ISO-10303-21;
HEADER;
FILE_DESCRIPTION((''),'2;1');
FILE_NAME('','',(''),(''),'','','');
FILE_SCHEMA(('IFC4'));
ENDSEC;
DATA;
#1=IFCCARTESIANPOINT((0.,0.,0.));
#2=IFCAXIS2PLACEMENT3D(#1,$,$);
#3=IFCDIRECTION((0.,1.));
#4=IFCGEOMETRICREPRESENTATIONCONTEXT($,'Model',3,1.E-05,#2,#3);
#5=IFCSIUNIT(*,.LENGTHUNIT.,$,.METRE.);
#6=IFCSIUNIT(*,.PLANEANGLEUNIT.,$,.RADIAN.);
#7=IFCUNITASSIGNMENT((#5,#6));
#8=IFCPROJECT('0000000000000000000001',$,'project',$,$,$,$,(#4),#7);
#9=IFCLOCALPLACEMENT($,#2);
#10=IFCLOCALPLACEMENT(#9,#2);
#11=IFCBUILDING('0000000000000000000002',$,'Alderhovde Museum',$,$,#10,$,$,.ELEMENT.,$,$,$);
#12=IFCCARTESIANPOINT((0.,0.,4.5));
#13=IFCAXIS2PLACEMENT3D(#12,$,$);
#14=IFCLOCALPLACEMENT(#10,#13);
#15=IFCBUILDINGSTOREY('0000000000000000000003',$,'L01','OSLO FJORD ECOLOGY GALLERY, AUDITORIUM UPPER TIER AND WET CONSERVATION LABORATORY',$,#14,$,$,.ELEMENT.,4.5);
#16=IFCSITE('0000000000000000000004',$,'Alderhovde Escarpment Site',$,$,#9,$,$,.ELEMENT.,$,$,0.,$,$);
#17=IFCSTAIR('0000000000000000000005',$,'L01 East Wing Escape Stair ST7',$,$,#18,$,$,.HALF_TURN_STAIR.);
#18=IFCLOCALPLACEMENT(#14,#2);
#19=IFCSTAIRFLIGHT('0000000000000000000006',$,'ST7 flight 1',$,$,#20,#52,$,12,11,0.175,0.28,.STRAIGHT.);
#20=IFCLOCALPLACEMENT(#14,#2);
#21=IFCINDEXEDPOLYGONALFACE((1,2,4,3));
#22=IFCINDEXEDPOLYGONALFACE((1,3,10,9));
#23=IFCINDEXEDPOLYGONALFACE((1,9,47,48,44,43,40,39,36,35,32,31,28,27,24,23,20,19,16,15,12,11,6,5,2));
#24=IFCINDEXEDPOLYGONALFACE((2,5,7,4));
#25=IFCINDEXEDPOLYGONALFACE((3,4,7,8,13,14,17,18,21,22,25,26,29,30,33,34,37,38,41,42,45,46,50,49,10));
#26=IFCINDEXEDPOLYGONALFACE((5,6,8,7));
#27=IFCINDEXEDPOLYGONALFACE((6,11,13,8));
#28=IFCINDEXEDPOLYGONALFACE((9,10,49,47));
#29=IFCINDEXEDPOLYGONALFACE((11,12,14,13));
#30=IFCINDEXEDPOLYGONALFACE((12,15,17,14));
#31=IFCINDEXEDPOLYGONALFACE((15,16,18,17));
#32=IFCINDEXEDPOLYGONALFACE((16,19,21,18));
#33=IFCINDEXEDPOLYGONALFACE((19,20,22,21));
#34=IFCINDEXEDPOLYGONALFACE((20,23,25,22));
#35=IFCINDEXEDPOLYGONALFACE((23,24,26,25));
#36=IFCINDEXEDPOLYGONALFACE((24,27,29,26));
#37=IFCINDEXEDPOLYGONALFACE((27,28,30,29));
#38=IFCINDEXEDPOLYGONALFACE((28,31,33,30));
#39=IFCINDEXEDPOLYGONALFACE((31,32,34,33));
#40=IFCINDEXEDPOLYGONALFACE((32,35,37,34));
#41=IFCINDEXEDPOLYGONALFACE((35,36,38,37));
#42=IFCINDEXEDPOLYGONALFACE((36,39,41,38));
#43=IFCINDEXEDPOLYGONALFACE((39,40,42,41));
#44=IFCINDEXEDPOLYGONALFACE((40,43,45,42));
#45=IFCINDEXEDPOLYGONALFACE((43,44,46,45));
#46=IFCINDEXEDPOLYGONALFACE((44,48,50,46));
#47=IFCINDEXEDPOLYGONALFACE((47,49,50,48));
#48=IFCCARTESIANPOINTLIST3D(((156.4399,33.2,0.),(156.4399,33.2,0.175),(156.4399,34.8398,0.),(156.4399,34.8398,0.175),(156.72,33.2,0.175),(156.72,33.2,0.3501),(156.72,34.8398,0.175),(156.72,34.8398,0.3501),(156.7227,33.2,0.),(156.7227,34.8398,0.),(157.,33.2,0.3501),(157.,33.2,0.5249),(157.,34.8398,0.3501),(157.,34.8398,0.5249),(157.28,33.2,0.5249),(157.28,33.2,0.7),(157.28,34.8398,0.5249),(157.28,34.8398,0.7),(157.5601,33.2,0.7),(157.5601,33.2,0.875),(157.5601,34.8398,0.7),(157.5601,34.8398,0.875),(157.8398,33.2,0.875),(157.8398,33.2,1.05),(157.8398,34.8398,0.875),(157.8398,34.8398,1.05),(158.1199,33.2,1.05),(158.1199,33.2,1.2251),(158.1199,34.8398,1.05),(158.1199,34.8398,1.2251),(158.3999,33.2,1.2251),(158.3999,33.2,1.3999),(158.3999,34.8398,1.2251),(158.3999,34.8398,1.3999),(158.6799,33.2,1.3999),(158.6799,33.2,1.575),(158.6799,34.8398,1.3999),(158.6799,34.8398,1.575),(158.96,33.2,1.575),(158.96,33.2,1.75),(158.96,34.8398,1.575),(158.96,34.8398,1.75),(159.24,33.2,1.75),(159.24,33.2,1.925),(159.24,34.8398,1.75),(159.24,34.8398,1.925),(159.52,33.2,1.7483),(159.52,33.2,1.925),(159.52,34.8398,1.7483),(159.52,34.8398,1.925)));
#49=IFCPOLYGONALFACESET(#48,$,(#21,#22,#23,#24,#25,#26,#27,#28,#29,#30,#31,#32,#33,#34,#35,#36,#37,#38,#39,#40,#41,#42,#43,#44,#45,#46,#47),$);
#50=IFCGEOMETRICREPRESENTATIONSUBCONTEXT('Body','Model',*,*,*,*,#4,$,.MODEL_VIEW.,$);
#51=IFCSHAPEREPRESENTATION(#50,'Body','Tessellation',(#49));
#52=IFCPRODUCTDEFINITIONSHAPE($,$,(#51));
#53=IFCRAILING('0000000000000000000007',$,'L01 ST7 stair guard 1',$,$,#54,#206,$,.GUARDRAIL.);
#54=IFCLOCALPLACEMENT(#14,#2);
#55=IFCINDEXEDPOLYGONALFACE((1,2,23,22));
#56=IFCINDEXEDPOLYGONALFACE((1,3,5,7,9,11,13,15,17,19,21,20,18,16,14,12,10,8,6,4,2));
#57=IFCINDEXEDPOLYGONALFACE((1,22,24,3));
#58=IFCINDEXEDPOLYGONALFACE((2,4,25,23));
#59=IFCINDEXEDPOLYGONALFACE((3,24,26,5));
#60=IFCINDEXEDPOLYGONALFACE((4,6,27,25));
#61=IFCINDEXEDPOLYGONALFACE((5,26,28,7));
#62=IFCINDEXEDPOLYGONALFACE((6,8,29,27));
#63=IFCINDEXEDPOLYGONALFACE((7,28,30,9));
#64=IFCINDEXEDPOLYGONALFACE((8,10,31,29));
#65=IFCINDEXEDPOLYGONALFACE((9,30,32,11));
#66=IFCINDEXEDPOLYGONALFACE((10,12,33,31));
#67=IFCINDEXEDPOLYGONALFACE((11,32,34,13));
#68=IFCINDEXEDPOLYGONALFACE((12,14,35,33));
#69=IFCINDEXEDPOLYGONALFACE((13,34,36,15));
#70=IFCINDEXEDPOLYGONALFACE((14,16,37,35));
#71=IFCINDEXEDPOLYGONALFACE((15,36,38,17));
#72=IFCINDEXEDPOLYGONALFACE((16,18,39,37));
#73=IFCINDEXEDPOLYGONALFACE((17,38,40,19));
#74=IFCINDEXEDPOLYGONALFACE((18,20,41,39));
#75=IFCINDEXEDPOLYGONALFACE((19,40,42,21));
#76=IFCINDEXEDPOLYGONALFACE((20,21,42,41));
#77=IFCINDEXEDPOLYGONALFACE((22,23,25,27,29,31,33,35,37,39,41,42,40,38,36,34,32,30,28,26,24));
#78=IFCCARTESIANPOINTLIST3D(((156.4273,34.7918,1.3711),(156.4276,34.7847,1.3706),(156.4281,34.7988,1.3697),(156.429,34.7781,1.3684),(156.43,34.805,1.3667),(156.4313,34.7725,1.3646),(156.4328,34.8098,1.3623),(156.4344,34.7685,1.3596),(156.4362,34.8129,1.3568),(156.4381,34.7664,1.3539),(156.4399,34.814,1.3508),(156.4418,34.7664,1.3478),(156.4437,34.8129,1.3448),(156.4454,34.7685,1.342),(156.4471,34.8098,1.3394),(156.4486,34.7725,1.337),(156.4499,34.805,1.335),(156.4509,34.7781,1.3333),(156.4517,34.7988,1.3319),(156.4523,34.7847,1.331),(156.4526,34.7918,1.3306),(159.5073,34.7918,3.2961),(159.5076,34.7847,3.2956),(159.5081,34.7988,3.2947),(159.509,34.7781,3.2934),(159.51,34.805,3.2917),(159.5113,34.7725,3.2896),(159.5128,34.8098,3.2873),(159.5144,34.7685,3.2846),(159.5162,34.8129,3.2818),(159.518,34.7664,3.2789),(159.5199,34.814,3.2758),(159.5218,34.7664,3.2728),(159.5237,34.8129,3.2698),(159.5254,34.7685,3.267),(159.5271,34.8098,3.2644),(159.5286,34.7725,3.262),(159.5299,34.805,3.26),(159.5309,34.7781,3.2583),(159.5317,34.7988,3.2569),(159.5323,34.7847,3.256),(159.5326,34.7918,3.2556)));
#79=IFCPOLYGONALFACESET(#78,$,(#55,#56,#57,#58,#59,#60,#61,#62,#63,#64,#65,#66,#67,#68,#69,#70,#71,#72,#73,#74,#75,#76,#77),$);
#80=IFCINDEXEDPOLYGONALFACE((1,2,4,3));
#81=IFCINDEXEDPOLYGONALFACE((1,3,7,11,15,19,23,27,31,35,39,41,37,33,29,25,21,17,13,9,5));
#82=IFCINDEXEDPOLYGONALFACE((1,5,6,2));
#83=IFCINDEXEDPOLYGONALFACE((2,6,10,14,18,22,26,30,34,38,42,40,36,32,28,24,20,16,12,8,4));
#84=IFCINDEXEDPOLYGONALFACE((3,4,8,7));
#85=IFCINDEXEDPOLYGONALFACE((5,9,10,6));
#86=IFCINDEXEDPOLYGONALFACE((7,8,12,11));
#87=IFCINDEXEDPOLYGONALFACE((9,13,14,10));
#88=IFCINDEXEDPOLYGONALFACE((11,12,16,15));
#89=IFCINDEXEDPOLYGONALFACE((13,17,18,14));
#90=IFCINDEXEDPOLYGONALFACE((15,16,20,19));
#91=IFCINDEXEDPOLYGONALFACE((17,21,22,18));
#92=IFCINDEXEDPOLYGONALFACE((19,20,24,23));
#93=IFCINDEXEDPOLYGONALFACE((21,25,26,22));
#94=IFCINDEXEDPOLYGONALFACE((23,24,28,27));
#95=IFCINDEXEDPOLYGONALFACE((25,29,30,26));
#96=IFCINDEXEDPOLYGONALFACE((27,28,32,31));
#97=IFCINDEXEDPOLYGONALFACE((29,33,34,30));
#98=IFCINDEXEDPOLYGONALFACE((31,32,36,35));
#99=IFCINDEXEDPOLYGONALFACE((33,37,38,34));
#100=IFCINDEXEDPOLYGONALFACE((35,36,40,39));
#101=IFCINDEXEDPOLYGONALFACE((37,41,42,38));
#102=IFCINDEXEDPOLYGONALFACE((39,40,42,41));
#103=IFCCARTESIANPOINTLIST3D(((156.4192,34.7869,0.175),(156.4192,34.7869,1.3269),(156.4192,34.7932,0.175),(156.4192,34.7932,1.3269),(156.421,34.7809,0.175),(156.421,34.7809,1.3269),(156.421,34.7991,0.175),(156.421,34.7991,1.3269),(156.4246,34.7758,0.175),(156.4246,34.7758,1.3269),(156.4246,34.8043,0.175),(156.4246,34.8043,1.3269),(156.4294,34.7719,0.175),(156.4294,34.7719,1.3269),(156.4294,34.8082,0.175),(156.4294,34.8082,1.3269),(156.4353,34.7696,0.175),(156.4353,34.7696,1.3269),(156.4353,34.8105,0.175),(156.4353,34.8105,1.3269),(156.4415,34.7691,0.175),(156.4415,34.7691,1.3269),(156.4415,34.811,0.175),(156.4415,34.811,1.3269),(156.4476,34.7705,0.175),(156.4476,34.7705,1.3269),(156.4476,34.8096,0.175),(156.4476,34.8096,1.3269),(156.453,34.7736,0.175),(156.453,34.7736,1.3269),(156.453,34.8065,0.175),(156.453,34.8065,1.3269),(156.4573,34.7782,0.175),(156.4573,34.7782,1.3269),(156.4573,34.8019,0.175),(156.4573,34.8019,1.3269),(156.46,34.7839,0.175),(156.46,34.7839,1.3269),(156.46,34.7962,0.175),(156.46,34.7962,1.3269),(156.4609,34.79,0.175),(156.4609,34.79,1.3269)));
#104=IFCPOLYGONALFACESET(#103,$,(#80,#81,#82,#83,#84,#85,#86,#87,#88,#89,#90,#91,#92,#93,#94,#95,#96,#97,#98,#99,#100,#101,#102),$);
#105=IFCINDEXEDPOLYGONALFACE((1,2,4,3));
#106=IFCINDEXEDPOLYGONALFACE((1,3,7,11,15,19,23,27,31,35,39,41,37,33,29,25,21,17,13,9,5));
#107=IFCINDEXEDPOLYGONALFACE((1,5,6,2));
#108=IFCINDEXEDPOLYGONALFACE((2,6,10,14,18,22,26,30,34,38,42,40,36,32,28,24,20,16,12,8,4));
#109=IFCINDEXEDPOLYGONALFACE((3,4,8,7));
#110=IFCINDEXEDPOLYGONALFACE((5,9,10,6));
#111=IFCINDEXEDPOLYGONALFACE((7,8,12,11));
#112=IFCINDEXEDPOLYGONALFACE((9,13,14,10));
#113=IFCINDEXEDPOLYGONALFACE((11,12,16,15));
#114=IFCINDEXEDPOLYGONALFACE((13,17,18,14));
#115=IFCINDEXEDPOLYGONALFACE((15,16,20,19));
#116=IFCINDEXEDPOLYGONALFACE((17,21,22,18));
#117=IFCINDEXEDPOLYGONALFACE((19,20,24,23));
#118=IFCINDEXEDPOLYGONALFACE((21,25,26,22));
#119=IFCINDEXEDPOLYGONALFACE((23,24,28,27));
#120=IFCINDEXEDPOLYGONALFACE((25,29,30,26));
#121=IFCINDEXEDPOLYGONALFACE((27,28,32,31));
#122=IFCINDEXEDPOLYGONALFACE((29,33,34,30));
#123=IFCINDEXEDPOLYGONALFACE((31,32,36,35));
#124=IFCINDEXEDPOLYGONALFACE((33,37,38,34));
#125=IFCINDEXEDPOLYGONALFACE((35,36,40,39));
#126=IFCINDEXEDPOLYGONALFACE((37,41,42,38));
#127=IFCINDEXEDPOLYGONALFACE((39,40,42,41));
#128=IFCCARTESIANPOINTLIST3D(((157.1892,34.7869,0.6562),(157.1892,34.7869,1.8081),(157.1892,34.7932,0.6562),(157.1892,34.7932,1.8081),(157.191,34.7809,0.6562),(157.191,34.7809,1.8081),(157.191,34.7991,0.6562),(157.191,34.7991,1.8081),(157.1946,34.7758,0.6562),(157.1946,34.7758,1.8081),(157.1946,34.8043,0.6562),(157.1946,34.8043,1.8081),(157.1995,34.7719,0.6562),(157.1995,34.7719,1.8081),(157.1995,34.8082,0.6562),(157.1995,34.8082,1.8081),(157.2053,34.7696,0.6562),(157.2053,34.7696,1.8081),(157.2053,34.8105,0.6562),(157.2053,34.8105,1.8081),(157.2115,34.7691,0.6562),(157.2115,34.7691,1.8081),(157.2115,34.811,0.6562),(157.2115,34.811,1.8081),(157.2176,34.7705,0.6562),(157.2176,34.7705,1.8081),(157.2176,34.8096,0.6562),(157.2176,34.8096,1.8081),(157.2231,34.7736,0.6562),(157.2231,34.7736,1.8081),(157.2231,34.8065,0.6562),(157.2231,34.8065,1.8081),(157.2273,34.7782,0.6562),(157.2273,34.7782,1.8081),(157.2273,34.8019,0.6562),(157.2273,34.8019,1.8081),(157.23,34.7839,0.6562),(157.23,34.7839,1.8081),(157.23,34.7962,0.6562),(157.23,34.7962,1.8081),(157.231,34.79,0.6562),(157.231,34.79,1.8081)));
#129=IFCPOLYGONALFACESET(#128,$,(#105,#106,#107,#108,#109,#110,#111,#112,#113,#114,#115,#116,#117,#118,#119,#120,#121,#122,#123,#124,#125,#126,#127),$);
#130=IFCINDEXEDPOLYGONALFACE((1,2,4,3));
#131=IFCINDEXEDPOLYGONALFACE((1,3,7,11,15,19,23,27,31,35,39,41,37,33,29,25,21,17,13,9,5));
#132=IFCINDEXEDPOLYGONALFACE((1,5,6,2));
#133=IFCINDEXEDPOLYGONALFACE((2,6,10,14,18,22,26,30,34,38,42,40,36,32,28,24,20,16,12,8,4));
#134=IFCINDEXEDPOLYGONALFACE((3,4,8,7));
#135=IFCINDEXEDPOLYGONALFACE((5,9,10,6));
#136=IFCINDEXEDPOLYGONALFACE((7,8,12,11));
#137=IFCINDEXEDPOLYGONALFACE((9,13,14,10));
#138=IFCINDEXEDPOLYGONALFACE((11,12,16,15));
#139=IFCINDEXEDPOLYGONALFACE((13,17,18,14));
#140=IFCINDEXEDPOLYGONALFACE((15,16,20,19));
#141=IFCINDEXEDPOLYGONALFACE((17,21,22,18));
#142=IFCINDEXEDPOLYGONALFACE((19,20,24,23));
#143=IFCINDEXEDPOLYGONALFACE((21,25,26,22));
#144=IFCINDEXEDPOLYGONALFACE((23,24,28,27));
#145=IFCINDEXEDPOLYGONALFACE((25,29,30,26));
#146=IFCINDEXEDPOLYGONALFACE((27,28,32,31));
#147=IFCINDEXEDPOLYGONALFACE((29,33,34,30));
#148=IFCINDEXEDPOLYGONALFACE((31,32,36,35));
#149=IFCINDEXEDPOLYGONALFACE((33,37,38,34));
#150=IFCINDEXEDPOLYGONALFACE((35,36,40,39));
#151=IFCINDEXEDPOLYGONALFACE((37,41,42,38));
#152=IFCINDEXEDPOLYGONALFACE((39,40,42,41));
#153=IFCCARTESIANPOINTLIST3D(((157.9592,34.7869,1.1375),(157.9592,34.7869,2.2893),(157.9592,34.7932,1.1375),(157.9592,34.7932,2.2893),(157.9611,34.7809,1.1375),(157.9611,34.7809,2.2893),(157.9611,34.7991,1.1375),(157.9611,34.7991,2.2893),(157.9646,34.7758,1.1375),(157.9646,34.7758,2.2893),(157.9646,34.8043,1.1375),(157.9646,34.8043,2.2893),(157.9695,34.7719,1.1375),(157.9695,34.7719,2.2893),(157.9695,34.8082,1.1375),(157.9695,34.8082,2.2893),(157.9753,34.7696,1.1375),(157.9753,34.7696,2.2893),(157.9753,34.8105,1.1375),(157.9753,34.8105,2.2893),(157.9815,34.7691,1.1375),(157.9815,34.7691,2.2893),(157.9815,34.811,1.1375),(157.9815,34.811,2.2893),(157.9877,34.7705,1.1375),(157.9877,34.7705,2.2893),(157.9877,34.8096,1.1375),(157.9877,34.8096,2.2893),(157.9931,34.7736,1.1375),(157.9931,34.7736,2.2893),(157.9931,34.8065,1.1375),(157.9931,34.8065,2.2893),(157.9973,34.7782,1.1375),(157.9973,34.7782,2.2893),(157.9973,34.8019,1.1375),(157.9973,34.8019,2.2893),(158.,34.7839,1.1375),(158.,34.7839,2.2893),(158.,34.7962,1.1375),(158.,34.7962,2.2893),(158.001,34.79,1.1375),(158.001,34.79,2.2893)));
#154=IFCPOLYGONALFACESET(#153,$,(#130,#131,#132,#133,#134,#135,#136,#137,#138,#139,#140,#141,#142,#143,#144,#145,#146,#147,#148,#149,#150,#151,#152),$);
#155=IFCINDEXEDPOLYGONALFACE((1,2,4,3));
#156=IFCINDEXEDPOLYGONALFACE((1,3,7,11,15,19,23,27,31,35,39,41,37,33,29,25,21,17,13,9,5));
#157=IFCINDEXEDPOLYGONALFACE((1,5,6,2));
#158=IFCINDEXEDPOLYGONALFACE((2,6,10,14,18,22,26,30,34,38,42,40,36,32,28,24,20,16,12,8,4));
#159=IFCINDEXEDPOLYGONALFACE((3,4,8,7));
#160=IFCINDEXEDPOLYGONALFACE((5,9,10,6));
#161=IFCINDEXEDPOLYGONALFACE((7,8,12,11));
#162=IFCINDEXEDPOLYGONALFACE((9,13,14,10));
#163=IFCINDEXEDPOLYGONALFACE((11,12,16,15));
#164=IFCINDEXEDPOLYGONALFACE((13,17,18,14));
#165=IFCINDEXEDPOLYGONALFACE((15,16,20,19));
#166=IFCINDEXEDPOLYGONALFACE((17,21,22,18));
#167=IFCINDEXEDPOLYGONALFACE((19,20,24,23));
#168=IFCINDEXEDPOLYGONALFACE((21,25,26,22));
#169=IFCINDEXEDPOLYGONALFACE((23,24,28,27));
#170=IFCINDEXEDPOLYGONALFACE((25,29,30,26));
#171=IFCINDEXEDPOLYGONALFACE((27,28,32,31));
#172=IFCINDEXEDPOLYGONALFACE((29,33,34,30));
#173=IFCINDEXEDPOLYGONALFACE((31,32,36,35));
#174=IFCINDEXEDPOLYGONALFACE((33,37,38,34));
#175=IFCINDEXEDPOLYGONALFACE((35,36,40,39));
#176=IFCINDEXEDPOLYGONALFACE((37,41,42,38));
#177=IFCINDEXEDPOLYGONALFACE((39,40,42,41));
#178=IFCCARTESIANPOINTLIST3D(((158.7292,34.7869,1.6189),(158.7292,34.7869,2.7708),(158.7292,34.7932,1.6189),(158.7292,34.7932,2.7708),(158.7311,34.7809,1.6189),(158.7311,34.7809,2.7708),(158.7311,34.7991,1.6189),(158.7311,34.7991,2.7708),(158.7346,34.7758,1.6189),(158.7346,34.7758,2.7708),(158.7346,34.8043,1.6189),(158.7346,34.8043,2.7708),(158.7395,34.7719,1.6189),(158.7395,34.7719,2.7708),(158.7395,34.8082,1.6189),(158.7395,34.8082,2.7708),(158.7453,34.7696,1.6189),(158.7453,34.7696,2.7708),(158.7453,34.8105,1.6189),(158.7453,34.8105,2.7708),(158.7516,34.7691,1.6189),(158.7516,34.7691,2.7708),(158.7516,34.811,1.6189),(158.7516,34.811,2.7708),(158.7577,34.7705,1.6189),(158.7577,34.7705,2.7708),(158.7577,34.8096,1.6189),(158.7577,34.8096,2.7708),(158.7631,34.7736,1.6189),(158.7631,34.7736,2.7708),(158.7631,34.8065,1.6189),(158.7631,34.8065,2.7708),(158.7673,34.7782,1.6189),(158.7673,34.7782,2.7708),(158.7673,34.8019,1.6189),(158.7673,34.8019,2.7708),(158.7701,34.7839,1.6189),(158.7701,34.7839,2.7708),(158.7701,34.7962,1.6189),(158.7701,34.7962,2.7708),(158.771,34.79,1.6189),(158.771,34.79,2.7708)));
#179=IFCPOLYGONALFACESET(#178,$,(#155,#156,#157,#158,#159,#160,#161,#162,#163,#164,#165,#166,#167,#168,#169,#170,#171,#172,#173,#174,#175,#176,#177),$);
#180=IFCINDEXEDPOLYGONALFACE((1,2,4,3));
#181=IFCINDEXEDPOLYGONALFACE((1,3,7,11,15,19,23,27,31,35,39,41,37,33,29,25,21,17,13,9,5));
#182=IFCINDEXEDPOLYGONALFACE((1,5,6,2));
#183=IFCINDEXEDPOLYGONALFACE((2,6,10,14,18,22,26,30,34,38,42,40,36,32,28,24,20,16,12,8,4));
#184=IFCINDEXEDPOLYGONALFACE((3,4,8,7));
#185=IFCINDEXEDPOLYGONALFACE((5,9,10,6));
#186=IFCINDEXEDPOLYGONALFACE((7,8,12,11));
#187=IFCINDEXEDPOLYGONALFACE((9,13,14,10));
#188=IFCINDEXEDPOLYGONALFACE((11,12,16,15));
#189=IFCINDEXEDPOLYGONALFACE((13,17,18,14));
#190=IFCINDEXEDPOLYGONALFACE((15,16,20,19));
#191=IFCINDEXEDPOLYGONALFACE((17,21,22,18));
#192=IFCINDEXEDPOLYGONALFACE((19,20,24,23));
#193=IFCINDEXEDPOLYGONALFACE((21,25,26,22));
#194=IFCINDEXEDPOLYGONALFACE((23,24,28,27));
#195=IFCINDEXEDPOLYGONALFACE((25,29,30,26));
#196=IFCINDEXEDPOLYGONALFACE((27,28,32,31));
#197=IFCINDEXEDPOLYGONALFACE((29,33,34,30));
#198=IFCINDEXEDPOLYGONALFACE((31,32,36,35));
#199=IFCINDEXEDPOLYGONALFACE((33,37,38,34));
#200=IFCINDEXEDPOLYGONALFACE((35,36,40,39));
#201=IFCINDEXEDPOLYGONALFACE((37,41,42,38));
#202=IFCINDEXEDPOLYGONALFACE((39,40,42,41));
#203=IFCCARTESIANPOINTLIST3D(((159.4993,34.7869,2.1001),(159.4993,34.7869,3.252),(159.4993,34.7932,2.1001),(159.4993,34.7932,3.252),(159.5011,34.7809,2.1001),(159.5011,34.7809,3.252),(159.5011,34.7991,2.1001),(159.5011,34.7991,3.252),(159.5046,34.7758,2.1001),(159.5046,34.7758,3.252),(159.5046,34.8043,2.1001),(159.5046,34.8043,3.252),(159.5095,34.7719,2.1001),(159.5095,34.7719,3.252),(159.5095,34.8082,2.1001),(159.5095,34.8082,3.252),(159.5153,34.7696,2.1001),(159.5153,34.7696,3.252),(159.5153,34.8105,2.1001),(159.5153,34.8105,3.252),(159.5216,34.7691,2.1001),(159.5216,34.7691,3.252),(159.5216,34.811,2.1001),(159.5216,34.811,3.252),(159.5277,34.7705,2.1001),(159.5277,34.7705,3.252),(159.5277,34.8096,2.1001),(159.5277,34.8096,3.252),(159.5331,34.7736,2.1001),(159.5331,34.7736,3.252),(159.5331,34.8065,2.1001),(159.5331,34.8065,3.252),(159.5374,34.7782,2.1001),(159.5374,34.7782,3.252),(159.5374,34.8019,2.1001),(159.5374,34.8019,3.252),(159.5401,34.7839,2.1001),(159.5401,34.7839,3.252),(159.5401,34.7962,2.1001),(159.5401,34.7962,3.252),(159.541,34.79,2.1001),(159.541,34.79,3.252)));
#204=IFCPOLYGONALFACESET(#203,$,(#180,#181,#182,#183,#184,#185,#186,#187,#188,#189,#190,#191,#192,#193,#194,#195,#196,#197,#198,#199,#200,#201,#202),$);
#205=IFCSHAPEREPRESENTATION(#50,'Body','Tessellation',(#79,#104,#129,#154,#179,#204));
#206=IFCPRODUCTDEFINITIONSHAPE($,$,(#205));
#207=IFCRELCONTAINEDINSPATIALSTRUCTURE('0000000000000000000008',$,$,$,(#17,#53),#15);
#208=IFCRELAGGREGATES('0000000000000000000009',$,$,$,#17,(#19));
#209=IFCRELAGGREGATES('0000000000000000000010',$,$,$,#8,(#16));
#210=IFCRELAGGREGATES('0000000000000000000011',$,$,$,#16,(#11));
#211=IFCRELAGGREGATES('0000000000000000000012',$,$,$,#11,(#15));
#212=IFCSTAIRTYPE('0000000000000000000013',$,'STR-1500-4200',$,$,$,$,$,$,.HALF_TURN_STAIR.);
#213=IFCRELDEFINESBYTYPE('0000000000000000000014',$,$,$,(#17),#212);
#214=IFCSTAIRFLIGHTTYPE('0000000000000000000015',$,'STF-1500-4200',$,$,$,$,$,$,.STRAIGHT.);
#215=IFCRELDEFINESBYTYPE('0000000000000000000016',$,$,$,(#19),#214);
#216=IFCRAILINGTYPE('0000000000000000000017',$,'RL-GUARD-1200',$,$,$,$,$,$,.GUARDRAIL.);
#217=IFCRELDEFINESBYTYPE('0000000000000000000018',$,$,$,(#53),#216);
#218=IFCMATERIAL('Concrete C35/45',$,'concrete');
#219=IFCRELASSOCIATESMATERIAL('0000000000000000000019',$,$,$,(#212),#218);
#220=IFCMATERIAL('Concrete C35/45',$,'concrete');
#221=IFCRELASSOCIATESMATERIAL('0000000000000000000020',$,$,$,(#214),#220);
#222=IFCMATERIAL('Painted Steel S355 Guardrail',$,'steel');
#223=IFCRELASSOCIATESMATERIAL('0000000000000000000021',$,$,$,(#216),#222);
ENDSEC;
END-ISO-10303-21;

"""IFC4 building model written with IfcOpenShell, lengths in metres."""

from ifc_helpers import new_model, si_unit, direction, frame, origin, origin_2d, place, context, subcontext, project, spatial, polyline, circle, outline, extrude, material, type_object, element, aggregate, save


model = new_model("IFC4")

# Units and contexts
model_context = context("Model", 3, precision=1e-05, world=origin(), true_north=direction((0.0, 1.0)))
body_context = subcontext(model_context, "Body", "Model", "MODEL_VIEW")
ifc_project = project(units=[si_unit("LENGTHUNIT", "METRE"), si_unit("PLANEANGLEUNIT", "RADIAN")], contexts=[model_context])

# Site, building, storey
site_placement = place(None, origin())
site = spatial("IfcSite", under=ifc_project, at=site_placement, Name="Alderhovde Escarpment Site", CompositionType="ELEMENT", RefElevation=0.0)
building_placement = place(site_placement, origin())
building = spatial("IfcBuilding", under=site, at=building_placement, Name="Alderhovde Museum", CompositionType="ELEMENT")
storey_placement = place(building_placement, frame((0.0, 0.0, 4.5)))
storey = spatial("IfcBuildingStorey", under=building, at=storey_placement, Name="L01", Description="OSLO FJORD ECOLOGY GALLERY, AUDITORIUM UPPER TIER AND WET CONSERVATION LABORATORY", CompositionType="ELEMENT", Elevation=4.5)

# Stair, stair flight
ifc_material_1 = material(Name="Concrete C35/45", Category="concrete")
stair_type = type_object("IfcStairType", Name="STR-1500-4200", PredefinedType="HALF_TURN_STAIR", material=ifc_material_1)
stair_placement = place(storey_placement, origin())
stair = element("IfcStair", 1, at=stair_placement, inside=storey, type_object=stair_type, Name="L01 East Wing Escape Stair ST7", PredefinedType="HALF_TURN_STAIR")
ifc_material_2 = material(Name="Concrete C35/45", Category="concrete")
stair_flight_type = type_object("IfcStairFlightType", Name="STF-1500-4200", PredefinedType="STRAIGHT", material=ifc_material_2)
stair_flight_placement = place(storey_placement, frame((156.4399, 34.02, 0.0), z_axis=(0.0, 0.0, 1.0), x_axis=(1.0, 0.0, 0.0)))
stair_flight = element("IfcStairFlight", 2, at=stair_flight_placement, type_object=stair_flight_type, Name="ST7 flight 1", NumberOfRisers=12, NumberOfTreads=11, PredefinedType="STRAIGHT", RiserHeight=0.175, TreadLength=0.28, context=body_context, shape_type="SweptSolid", body=[
    extrude(outline(polyline([(0.0, 0.0), (0.0, 0.175), (0.28, 0.175), (0.28, 0.3501), (0.5601, 0.3501), (0.5601, 0.5249), (0.8401, 0.5249), (0.8401, 0.7), (1.1201, 0.7), (1.1201, 0.875), (1.3999, 0.875), (1.3999, 1.05), (1.6799, 1.05), (1.6799, 1.2251), (1.96, 1.2251), (1.96, 1.3999), (2.24, 1.3999), (2.24, 1.575), (2.52, 1.575), (2.52, 1.75), (2.8, 1.75), (2.8, 1.925), (3.0801, 1.925), (3.0801, 2.1001), (3.0801, 1.7483), (0.2827, 0.0), (0.0, 0.0)])), frame((0.0, 0.8198, 0.0), z_axis=(0.0, -1.0, 0.0), x_axis=(1.0, 0.0, 0.0)), (0.0, 0.0, 1.0), 1.6399),
])
aggregate(stair, [stair_flight])

# Railing
ifc_material_3 = material(Name="Painted Steel S355 Guardrail", Category="steel")
railing_type_1 = type_object("IfcRailingType", Name="RL-GUARD-1200", PredefinedType="GUARDRAIL", material=ifc_material_3)
railing_1_placement = place(storey_placement, frame((156.4399, 34.79, 0.175)))
element("IfcRailing", 3, at=railing_1_placement, inside=storey, type_object=railing_type_1, Name="L01 ST7 stair guard 1", PredefinedType="GUARDRAIL", context=body_context, shape_type="SweptSolid", body=[
    extrude(circle(Radius=0.0239, at=origin_2d()), frame((0.0, 0.0, 1.1758), z_axis=(0.847998, 0.0, 0.529999), x_axis=(0.0, 1.0, 0.0)), (0.0, 0.0, 1.0), 3.6321),
    extrude(circle(Radius=0.021, at=origin_2d()), origin(), (0.0, 0.0, 1.0), 1.1519),
    extrude(circle(Radius=0.021, at=origin_2d()), frame((0.77, 0.0, 0.4812)), (0.0, 0.0, 1.0), 1.1519),
    extrude(circle(Radius=0.021, at=origin_2d()), frame((1.54, 0.0, 0.9624)), (0.0, 0.0, 1.0), 1.1519),
    extrude(circle(Radius=0.021, at=origin_2d()), frame((2.3101, 0.0, 1.4438)), (0.0, 0.0, 1.0), 1.1519),
    extrude(circle(Radius=0.021, at=origin_2d()), frame((3.0801, 0.0, 1.925)), (0.0, 0.0, 1.0), 1.1519),
])

save(model, "model.ifc")
